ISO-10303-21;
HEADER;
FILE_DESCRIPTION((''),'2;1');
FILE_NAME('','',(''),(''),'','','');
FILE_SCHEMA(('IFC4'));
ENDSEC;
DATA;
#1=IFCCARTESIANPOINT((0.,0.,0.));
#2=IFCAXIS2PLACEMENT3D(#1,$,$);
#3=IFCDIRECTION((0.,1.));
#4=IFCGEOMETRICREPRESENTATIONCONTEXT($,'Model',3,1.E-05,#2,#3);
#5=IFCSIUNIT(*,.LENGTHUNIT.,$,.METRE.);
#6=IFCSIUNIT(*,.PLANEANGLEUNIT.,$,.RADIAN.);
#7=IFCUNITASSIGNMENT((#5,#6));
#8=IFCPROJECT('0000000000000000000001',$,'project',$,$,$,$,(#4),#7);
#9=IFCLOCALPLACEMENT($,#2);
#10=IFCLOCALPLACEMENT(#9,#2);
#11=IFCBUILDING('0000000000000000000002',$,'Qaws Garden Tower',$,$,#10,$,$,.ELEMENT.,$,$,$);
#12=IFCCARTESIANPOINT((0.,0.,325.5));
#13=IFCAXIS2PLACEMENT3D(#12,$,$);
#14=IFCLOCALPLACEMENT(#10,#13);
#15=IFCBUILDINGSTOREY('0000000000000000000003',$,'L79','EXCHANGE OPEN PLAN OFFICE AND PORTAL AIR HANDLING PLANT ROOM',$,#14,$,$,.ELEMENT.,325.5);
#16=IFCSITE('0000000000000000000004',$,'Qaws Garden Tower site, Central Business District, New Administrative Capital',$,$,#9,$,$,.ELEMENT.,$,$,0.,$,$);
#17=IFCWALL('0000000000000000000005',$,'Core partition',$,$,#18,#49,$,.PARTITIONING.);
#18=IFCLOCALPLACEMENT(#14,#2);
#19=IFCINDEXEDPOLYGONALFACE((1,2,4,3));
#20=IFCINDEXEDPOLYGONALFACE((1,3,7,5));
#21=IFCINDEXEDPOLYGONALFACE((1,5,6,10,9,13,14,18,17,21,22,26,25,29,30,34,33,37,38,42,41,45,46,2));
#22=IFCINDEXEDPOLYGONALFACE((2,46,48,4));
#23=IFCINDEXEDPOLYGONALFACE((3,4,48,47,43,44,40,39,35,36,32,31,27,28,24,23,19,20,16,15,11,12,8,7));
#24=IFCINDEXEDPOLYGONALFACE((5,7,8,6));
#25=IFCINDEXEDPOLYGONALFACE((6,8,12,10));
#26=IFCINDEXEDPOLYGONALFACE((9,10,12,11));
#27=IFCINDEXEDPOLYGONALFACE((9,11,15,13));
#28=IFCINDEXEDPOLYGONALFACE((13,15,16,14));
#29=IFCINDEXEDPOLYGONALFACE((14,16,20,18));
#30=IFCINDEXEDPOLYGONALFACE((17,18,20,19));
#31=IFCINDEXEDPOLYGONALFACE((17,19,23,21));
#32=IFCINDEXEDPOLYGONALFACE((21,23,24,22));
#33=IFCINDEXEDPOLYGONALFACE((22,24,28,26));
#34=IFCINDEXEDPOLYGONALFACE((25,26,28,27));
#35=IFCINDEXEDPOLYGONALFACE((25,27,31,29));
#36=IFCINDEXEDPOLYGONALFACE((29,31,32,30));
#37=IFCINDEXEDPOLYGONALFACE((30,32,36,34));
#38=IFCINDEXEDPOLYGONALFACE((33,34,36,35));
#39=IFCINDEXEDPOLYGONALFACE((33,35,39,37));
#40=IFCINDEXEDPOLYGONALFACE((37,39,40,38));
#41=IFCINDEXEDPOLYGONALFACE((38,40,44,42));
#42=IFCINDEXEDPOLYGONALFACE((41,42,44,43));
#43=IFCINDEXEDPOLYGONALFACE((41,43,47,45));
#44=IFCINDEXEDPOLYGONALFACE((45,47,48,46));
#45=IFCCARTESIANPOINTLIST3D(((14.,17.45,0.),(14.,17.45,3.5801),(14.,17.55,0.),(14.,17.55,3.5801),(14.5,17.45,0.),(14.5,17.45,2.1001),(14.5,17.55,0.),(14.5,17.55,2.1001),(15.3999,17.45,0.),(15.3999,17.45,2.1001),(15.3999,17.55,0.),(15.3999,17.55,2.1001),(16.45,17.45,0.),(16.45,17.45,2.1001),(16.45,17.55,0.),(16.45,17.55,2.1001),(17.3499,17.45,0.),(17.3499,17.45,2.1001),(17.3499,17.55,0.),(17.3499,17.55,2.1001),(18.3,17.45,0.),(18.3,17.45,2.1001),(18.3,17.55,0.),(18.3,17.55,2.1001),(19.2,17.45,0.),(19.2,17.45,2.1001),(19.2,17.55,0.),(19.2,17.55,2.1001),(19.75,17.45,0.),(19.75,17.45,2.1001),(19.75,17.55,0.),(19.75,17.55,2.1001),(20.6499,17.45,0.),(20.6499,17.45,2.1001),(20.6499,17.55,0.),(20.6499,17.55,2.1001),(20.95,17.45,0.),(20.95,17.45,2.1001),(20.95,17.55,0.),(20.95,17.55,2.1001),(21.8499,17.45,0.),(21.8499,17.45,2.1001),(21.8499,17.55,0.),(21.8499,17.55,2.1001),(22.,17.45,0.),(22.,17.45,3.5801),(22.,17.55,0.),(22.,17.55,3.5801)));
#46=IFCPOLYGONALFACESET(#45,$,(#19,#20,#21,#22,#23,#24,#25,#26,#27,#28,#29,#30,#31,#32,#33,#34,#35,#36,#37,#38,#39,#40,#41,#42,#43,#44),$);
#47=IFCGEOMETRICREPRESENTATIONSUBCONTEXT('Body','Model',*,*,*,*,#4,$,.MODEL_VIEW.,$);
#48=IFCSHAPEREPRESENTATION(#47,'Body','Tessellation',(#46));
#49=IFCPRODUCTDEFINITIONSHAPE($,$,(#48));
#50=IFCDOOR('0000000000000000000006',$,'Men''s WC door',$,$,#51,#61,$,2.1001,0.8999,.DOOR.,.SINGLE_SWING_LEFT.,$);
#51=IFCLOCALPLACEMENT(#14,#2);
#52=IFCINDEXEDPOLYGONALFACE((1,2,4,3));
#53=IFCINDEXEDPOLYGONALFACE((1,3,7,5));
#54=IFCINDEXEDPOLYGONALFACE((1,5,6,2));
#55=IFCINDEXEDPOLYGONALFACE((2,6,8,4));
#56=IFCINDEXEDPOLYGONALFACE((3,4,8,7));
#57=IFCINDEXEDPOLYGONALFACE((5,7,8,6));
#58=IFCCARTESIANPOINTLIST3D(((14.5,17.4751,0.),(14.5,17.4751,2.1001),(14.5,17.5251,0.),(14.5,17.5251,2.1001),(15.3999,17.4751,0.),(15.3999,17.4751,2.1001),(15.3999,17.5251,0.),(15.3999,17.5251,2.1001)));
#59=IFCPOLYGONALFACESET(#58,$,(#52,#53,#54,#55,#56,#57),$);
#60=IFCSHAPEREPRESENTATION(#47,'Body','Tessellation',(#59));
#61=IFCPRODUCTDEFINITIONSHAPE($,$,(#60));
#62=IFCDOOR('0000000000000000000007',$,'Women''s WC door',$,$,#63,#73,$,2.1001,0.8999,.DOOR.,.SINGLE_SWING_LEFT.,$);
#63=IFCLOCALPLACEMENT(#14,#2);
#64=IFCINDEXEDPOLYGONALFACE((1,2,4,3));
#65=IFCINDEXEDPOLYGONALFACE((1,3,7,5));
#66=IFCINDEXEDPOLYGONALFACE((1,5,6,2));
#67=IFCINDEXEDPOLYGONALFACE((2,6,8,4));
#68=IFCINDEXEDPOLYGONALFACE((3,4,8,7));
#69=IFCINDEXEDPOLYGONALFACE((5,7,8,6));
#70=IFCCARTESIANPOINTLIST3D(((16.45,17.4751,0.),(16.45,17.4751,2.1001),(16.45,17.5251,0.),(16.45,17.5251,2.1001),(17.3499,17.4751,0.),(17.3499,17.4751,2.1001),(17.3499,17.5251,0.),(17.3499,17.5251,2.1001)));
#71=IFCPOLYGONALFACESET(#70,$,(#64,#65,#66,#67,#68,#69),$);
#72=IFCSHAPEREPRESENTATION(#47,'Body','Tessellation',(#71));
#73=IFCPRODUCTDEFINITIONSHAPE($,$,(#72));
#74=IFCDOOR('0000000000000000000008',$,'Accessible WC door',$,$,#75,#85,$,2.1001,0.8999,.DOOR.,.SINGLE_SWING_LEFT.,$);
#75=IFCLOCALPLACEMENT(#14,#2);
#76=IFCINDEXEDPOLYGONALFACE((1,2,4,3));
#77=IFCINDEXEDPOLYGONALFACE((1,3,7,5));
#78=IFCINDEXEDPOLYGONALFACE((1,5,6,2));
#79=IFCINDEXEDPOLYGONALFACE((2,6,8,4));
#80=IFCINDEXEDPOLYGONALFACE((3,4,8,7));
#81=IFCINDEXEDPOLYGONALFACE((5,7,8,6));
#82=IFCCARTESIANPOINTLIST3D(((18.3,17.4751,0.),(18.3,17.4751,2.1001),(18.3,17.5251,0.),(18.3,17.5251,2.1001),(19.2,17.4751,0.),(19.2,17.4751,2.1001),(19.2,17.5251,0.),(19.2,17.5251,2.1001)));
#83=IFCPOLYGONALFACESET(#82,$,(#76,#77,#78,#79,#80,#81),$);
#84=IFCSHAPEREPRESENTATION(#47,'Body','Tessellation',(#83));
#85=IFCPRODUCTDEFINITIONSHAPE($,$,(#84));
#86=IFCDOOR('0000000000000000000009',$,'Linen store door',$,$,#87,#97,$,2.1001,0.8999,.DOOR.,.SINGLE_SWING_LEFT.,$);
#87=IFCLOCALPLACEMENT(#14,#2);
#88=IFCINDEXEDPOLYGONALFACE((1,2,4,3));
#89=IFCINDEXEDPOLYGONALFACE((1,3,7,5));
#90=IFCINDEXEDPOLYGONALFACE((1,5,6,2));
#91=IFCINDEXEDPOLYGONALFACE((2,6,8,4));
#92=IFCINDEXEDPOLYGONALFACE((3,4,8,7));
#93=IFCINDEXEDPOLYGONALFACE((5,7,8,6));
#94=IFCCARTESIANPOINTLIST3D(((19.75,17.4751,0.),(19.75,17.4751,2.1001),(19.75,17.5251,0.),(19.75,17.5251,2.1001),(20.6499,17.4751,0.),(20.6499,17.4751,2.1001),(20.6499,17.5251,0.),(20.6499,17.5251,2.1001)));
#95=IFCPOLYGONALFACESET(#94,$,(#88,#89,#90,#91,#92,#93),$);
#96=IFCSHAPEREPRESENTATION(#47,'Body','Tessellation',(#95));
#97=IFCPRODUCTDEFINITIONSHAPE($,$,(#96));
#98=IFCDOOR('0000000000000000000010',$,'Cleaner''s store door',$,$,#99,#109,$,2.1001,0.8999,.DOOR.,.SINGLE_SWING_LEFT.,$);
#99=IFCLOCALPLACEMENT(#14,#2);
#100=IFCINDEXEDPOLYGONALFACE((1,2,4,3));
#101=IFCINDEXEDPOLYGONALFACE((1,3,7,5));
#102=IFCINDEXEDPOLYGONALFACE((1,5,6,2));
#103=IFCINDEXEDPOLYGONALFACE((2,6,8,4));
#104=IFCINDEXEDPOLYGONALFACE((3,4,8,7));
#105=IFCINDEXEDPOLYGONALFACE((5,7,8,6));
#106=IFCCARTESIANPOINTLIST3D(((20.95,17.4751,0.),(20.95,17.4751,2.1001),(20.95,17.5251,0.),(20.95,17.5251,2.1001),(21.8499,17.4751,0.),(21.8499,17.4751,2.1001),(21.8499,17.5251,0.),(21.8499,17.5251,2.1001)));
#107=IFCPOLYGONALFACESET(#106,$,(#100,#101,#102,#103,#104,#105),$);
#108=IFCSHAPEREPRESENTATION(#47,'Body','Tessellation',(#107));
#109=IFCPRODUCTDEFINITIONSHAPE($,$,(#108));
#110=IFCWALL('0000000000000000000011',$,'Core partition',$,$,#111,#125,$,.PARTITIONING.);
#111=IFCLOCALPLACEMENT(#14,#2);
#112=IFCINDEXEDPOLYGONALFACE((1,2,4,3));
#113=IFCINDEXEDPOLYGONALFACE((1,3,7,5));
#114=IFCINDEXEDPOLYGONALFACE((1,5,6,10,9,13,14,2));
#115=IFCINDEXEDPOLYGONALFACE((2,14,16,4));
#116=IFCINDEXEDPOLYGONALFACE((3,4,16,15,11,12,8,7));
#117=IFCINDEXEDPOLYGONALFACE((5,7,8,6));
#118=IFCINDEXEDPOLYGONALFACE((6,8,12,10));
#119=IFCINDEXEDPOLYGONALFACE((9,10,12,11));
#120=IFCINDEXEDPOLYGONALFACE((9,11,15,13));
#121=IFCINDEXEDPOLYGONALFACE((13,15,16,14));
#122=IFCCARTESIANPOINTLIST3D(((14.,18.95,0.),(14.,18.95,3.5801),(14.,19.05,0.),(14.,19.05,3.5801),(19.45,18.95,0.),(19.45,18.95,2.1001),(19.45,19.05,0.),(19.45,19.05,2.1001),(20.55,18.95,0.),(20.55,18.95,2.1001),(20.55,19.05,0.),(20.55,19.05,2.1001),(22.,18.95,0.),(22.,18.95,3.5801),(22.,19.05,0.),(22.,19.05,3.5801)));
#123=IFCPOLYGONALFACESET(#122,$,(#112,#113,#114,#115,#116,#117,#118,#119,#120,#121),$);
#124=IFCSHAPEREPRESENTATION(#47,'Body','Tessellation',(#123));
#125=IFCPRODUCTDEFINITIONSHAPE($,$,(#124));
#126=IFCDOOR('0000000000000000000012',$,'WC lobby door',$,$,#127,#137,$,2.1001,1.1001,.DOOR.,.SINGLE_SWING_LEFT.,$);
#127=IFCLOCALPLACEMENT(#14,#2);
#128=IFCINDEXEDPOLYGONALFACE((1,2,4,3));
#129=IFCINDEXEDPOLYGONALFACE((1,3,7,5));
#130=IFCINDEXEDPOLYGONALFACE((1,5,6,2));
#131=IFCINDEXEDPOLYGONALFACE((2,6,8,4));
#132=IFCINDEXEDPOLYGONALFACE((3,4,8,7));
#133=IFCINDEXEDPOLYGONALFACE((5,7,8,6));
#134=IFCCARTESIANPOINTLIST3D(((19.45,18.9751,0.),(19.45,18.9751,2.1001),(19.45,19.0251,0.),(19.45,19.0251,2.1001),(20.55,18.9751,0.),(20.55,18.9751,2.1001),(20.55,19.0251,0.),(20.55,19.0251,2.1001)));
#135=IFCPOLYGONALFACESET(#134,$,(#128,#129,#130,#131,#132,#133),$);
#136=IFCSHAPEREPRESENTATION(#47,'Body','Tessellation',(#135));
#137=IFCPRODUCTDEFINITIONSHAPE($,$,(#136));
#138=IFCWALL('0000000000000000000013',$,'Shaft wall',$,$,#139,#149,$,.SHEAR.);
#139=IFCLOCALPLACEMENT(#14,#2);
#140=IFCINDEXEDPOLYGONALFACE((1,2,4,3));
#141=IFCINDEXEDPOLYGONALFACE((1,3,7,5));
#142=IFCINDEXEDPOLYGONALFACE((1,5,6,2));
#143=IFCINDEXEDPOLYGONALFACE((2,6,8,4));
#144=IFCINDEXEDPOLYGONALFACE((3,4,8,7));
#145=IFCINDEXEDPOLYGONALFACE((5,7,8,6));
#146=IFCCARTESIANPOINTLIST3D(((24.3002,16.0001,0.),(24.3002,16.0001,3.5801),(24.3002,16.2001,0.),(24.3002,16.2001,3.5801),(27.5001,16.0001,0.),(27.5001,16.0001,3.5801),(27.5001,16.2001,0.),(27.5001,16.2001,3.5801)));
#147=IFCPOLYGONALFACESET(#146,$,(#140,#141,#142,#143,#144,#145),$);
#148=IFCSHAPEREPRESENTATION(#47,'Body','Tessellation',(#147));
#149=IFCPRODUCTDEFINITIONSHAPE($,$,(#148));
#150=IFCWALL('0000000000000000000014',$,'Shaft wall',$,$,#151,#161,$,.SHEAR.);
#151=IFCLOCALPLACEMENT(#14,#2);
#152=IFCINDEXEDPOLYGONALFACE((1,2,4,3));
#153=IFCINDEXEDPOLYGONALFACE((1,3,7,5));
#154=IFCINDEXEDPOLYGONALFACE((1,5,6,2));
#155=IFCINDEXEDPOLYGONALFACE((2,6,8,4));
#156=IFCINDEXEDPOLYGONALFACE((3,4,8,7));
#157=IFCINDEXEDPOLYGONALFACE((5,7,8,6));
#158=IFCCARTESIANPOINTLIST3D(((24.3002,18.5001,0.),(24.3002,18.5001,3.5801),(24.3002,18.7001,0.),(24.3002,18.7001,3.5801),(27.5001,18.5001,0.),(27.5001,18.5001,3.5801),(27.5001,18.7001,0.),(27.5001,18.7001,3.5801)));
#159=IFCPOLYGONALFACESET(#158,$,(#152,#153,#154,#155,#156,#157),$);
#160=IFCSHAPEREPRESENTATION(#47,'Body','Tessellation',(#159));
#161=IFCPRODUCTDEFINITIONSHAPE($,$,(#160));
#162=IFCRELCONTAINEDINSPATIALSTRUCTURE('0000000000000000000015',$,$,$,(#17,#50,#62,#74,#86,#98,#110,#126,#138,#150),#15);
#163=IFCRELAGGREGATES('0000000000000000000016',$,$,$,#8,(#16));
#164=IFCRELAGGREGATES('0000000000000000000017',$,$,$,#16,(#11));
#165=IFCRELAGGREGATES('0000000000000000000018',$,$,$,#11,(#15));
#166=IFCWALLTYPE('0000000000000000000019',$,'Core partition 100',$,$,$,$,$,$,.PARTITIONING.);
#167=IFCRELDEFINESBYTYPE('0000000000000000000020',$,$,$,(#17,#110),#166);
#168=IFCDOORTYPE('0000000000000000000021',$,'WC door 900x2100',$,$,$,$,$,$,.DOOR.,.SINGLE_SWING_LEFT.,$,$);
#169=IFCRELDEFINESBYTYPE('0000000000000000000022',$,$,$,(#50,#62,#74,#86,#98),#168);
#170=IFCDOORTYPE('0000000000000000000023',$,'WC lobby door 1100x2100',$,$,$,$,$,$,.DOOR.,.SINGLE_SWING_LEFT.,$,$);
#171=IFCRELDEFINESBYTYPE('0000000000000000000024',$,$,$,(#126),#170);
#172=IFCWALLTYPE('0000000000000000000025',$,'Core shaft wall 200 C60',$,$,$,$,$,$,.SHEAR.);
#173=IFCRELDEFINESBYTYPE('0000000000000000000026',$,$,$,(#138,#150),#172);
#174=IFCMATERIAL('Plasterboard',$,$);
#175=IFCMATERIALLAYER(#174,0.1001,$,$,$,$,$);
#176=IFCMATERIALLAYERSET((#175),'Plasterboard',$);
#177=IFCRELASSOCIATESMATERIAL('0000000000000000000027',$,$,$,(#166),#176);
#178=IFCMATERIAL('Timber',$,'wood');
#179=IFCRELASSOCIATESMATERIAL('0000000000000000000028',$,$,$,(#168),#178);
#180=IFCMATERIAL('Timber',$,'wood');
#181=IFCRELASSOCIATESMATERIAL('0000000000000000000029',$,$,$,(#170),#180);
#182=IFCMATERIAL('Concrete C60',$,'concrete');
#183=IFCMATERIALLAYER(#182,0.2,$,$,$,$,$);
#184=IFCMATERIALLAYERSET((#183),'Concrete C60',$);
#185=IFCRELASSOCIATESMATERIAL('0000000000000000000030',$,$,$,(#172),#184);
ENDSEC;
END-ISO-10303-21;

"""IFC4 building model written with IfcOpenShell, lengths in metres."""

from ifc_helpers import new_model, si_unit, direction, frame, frame_2d, origin, place, context, subcontext, project, spatial, rectangle, extrude, material, layer, layer_set, type_object, element, fill, save


model = new_model("IFC4")

# Units and contexts
model_context = context("Model", 3, precision=1e-05, world=origin(), true_north=direction((0.0, 1.0)))
body_context = subcontext(model_context, "Body", "Model", "MODEL_VIEW")
ifc_project = project(units=[si_unit("LENGTHUNIT", "METRE"), si_unit("PLANEANGLEUNIT", "RADIAN")], contexts=[model_context])

# Site, building, storey
site_placement = place(None, origin())
site = spatial("IfcSite", under=ifc_project, at=site_placement, Name="Qaws Garden Tower site, Central Business District, New Administrative Capital", CompositionType="ELEMENT", RefElevation=0.0)
building_placement = place(site_placement, origin())
building = spatial("IfcBuilding", under=site, at=building_placement, Name="Qaws Garden Tower", CompositionType="ELEMENT")
storey_placement = place(building_placement, frame((0.0, 0.0, 325.5)))
storey = spatial("IfcBuildingStorey", under=building, at=storey_placement, Name="L79", Description="EXCHANGE OPEN PLAN OFFICE AND PORTAL AIR HANDLING PLANT ROOM", CompositionType="ELEMENT", Elevation=325.5)

# Wall, openings, doors
ifc_material_1 = material(Name="Plasterboard")
ifc_layer_1 = layer(ifc_material_1, 0.1001)
ifc_layer_set_1 = layer_set([ifc_layer_1], Name="Plasterboard")
wall_type_1 = type_object("IfcWallType", Name="Core partition 100", PredefinedType="PARTITIONING", material=ifc_layer_set_1)
wall_1_placement = place(storey_placement, frame((14.0, 17.5, 0.0), z_axis=(0.0, 0.0, 1.0), x_axis=(1.0, 0.0, 0.0)))
wall_1 = element("IfcWall", 1, at=wall_1_placement, inside=storey, type_object=wall_type_1, Name="Core partition", PredefinedType="PARTITIONING", context=body_context, shape_type="SweptSolid", body=[
    extrude(rectangle(XDim=8.0, YDim=0.1001, at=frame_2d((4.0, 0.0))), origin(), (0.0, 0.0, 1.0), 3.5801),
])
opening_1_placement = place(wall_1_placement, frame((0.5, 0.0, 0.0)))
opening_1 = element("IfcOpeningElement", 2, at=opening_1_placement, cuts=wall_1, PredefinedType="OPENING", context=body_context, shape_type="SweptSolid", body=[
    extrude(rectangle(XDim=0.8999, YDim=2.1001, at=frame_2d((0.45, 1.05))), frame((0.0, 0.0601, 0.0), z_axis=(0.0, -1.0, 0.0), x_axis=(1.0, 0.0, 0.0)), (0.0, 0.0, 1.0), 0.1201),
])
opening_2_placement = place(wall_1_placement, frame((2.45, 0.0, 0.0)))
opening_2 = element("IfcOpeningElement", 3, at=opening_2_placement, cuts=wall_1, PredefinedType="OPENING", context=body_context, shape_type="SweptSolid", body=[
    extrude(rectangle(XDim=0.8999, YDim=2.1001, at=frame_2d((0.45, 1.05))), frame((0.0, 0.0601, 0.0), z_axis=(0.0, -1.0, 0.0), x_axis=(1.0, 0.0, 0.0)), (0.0, 0.0, 1.0), 0.1201),
])
opening_3_placement = place(wall_1_placement, frame((4.3, 0.0, 0.0)))
opening_3 = element("IfcOpeningElement", 4, at=opening_3_placement, cuts=wall_1, PredefinedType="OPENING", context=body_context, shape_type="SweptSolid", body=[
    extrude(rectangle(XDim=0.8999, YDim=2.1001, at=frame_2d((0.45, 1.05))), frame((0.0, 0.0601, 0.0), z_axis=(0.0, -1.0, 0.0), x_axis=(1.0, 0.0, 0.0)), (0.0, 0.0, 1.0), 0.1201),
])
opening_4_placement = place(wall_1_placement, frame((5.75, 0.0, 0.0)))
opening_4 = element("IfcOpeningElement", 5, at=opening_4_placement, cuts=wall_1, PredefinedType="OPENING", context=body_context, shape_type="SweptSolid", body=[
    extrude(rectangle(XDim=0.8999, YDim=2.1001, at=frame_2d((0.45, 1.05))), frame((0.0, 0.0601, 0.0), z_axis=(0.0, -1.0, 0.0), x_axis=(1.0, 0.0, 0.0)), (0.0, 0.0, 1.0), 0.1201),
])
opening_5_placement = place(wall_1_placement, frame((6.95, 0.0, 0.0)))
opening_5 = element("IfcOpeningElement", 6, at=opening_5_placement, cuts=wall_1, PredefinedType="OPENING", context=body_context, shape_type="SweptSolid", body=[
    extrude(rectangle(XDim=0.8999, YDim=2.1001, at=frame_2d((0.45, 1.05))), frame((0.0, 0.0601, 0.0), z_axis=(0.0, -1.0, 0.0), x_axis=(1.0, 0.0, 0.0)), (0.0, 0.0, 1.0), 0.1201),
])
ifc_material_2 = material(Name="Timber", Category="wood")
door_type_1 = type_object("IfcDoorType", Name="WC door 900x2100", OperationType="SINGLE_SWING_LEFT", PredefinedType="DOOR", material=ifc_material_2)
door_1_placement = place(opening_1_placement, frame((0.8999, 0.0, 0.0), z_axis=(0.0, 0.0, 1.0), x_axis=(-1.0, 0.0, 0.0)))
door_1 = element("IfcDoor", 7, at=door_1_placement, inside=storey, type_object=door_type_1, Name="Men's WC door", OperationType="SINGLE_SWING_LEFT", OverallHeight=2.1001, OverallWidth=0.8999, PredefinedType="DOOR", context=body_context, shape_type="SweptSolid", body=[
    extrude(rectangle(XDim=0.8999, YDim=2.1001, at=frame_2d((0.45, 1.05))), frame((0.0, 0.0249, 0.0), z_axis=(0.0, -1.0, 0.0), x_axis=(1.0, 0.0, 0.0)), (0.0, 0.0, 1.0), 0.05),
])
fill(opening_1, door_1)
door_2_placement = place(opening_2_placement, frame((0.8999, 0.0, 0.0), z_axis=(0.0, 0.0, 1.0), x_axis=(-1.0, 0.0, 0.0)))
door_2 = element("IfcDoor", 8, at=door_2_placement, inside=storey, type_object=door_type_1, Name="Women's WC door", OperationType="SINGLE_SWING_LEFT", OverallHeight=2.1001, OverallWidth=0.8999, PredefinedType="DOOR", context=body_context, shape_type="SweptSolid", body=[
    extrude(rectangle(XDim=0.8999, YDim=2.1001, at=frame_2d((0.45, 1.05))), frame((0.0, 0.0249, 0.0), z_axis=(0.0, -1.0, 0.0), x_axis=(1.0, 0.0, 0.0)), (0.0, 0.0, 1.0), 0.05),
])
fill(opening_2, door_2)
door_3_placement = place(opening_3_placement, frame((0.8999, 0.0, 0.0), z_axis=(0.0, 0.0, 1.0), x_axis=(-1.0, 0.0, 0.0)))
door_3 = element("IfcDoor", 9, at=door_3_placement, inside=storey, type_object=door_type_1, Name="Accessible WC door", OperationType="SINGLE_SWING_LEFT", OverallHeight=2.1001, OverallWidth=0.8999, PredefinedType="DOOR", context=body_context, shape_type="SweptSolid", body=[
    extrude(rectangle(XDim=0.8999, YDim=2.1001, at=frame_2d((0.45, 1.05))), frame((0.0, 0.0249, 0.0), z_axis=(0.0, -1.0, 0.0), x_axis=(1.0, 0.0, 0.0)), (0.0, 0.0, 1.0), 0.05),
])
fill(opening_3, door_3)
door_4_placement = place(opening_4_placement, frame((0.8999, 0.0, 0.0), z_axis=(0.0, 0.0, 1.0), x_axis=(-1.0, 0.0, 0.0)))
door_4 = element("IfcDoor", 10, at=door_4_placement, inside=storey, type_object=door_type_1, Name="Linen store door", OperationType="SINGLE_SWING_LEFT", OverallHeight=2.1001, OverallWidth=0.8999, PredefinedType="DOOR", context=body_context, shape_type="SweptSolid", body=[
    extrude(rectangle(XDim=0.8999, YDim=2.1001, at=frame_2d((0.45, 1.05))), frame((0.0, 0.0249, 0.0), z_axis=(0.0, -1.0, 0.0), x_axis=(1.0, 0.0, 0.0)), (0.0, 0.0, 1.0), 0.05),
])
fill(opening_4, door_4)
door_5_placement = place(opening_5_placement, frame((0.8999, 0.0, 0.0), z_axis=(0.0, 0.0, 1.0), x_axis=(-1.0, 0.0, 0.0)))
door_5 = element("IfcDoor", 11, at=door_5_placement, inside=storey, type_object=door_type_1, Name="Cleaner's store door", OperationType="SINGLE_SWING_LEFT", OverallHeight=2.1001, OverallWidth=0.8999, PredefinedType="DOOR", context=body_context, shape_type="SweptSolid", body=[
    extrude(rectangle(XDim=0.8999, YDim=2.1001, at=frame_2d((0.45, 1.05))), frame((0.0, 0.0249, 0.0), z_axis=(0.0, -1.0, 0.0), x_axis=(1.0, 0.0, 0.0)), (0.0, 0.0, 1.0), 0.05),
])
fill(opening_5, door_5)

# Wall, opening, door
wall_2_placement = place(storey_placement, frame((14.0, 19.0, 0.0), z_axis=(0.0, 0.0, 1.0), x_axis=(1.0, 0.0, 0.0)))
wall_2 = element("IfcWall", 12, at=wall_2_placement, inside=storey, type_object=wall_type_1, Name="Core partition", PredefinedType="PARTITIONING", context=body_context, shape_type="SweptSolid", body=[
    extrude(rectangle(XDim=8.0, YDim=0.1001, at=frame_2d((4.0, 0.0))), origin(), (0.0, 0.0, 1.0), 3.5801),
])
opening_6_placement = place(wall_2_placement, frame((5.45, 0.0, 0.0)))
opening_6 = element("IfcOpeningElement", 13, at=opening_6_placement, cuts=wall_2, PredefinedType="OPENING", context=body_context, shape_type="SweptSolid", body=[
    extrude(rectangle(XDim=1.1001, YDim=2.1001, at=frame_2d((0.55, 1.05))), frame((0.0, 0.0601, 0.0), z_axis=(0.0, -1.0, 0.0), x_axis=(1.0, 0.0, 0.0)), (0.0, 0.0, 1.0), 0.1201),
])
ifc_material_3 = material(Name="Timber", Category="wood")
door_type_2 = type_object("IfcDoorType", Name="WC lobby door 1100x2100", OperationType="SINGLE_SWING_LEFT", PredefinedType="DOOR", material=ifc_material_3)
door_6_placement = place(opening_6_placement, frame((1.1001, 0.0, 0.0), z_axis=(0.0, 0.0, 1.0), x_axis=(-1.0, 0.0, 0.0)))
door_6 = element("IfcDoor", 14, at=door_6_placement, inside=storey, type_object=door_type_2, Name="WC lobby door", OperationType="SINGLE_SWING_LEFT", OverallHeight=2.1001, OverallWidth=1.1001, PredefinedType="DOOR", context=body_context, shape_type="SweptSolid", body=[
    extrude(rectangle(XDim=1.1001, YDim=2.1001, at=frame_2d((0.55, 1.05))), frame((0.0, 0.0249, 0.0), z_axis=(0.0, -1.0, 0.0), x_axis=(1.0, 0.0, 0.0)), (0.0, 0.0, 1.0), 0.05),
])
fill(opening_6, door_6)

# Walls
ifc_material_4 = material(Name="Concrete C60", Category="concrete")
ifc_layer_2 = layer(ifc_material_4, 0.2)
ifc_layer_set_2 = layer_set([ifc_layer_2], Name="Concrete C60")
wall_type_2 = type_object("IfcWallType", Name="Core shaft wall 200 C60", PredefinedType="SHEAR", material=ifc_layer_set_2)
for number, where, z_axis, x_axis, name in (
    (15, (24.3, 16.1001, 0.0), (0.0, 0.0, 1.0), (1.0, 0.0, 0.0), "Shaft wall"),
    (16, (24.3, 18.6001, 0.0), (0.0, 0.0, 1.0), (1.0, 0.0, 0.0), "Shaft wall"),
):
    element("IfcWall", number, at=place(storey_placement, frame(where, z_axis=z_axis, x_axis=x_axis)), inside=storey, type_object=wall_type_2, Name=name, PredefinedType="SHEAR", context=body_context, shape_type="SweptSolid", body=[
        extrude(rectangle(XDim=3.2, YDim=0.2, at=frame_2d((1.6001, 0.0))), origin(), (0.0, 0.0, 1.0), 3.5801),
    ])

save(model, "model.ifc")
